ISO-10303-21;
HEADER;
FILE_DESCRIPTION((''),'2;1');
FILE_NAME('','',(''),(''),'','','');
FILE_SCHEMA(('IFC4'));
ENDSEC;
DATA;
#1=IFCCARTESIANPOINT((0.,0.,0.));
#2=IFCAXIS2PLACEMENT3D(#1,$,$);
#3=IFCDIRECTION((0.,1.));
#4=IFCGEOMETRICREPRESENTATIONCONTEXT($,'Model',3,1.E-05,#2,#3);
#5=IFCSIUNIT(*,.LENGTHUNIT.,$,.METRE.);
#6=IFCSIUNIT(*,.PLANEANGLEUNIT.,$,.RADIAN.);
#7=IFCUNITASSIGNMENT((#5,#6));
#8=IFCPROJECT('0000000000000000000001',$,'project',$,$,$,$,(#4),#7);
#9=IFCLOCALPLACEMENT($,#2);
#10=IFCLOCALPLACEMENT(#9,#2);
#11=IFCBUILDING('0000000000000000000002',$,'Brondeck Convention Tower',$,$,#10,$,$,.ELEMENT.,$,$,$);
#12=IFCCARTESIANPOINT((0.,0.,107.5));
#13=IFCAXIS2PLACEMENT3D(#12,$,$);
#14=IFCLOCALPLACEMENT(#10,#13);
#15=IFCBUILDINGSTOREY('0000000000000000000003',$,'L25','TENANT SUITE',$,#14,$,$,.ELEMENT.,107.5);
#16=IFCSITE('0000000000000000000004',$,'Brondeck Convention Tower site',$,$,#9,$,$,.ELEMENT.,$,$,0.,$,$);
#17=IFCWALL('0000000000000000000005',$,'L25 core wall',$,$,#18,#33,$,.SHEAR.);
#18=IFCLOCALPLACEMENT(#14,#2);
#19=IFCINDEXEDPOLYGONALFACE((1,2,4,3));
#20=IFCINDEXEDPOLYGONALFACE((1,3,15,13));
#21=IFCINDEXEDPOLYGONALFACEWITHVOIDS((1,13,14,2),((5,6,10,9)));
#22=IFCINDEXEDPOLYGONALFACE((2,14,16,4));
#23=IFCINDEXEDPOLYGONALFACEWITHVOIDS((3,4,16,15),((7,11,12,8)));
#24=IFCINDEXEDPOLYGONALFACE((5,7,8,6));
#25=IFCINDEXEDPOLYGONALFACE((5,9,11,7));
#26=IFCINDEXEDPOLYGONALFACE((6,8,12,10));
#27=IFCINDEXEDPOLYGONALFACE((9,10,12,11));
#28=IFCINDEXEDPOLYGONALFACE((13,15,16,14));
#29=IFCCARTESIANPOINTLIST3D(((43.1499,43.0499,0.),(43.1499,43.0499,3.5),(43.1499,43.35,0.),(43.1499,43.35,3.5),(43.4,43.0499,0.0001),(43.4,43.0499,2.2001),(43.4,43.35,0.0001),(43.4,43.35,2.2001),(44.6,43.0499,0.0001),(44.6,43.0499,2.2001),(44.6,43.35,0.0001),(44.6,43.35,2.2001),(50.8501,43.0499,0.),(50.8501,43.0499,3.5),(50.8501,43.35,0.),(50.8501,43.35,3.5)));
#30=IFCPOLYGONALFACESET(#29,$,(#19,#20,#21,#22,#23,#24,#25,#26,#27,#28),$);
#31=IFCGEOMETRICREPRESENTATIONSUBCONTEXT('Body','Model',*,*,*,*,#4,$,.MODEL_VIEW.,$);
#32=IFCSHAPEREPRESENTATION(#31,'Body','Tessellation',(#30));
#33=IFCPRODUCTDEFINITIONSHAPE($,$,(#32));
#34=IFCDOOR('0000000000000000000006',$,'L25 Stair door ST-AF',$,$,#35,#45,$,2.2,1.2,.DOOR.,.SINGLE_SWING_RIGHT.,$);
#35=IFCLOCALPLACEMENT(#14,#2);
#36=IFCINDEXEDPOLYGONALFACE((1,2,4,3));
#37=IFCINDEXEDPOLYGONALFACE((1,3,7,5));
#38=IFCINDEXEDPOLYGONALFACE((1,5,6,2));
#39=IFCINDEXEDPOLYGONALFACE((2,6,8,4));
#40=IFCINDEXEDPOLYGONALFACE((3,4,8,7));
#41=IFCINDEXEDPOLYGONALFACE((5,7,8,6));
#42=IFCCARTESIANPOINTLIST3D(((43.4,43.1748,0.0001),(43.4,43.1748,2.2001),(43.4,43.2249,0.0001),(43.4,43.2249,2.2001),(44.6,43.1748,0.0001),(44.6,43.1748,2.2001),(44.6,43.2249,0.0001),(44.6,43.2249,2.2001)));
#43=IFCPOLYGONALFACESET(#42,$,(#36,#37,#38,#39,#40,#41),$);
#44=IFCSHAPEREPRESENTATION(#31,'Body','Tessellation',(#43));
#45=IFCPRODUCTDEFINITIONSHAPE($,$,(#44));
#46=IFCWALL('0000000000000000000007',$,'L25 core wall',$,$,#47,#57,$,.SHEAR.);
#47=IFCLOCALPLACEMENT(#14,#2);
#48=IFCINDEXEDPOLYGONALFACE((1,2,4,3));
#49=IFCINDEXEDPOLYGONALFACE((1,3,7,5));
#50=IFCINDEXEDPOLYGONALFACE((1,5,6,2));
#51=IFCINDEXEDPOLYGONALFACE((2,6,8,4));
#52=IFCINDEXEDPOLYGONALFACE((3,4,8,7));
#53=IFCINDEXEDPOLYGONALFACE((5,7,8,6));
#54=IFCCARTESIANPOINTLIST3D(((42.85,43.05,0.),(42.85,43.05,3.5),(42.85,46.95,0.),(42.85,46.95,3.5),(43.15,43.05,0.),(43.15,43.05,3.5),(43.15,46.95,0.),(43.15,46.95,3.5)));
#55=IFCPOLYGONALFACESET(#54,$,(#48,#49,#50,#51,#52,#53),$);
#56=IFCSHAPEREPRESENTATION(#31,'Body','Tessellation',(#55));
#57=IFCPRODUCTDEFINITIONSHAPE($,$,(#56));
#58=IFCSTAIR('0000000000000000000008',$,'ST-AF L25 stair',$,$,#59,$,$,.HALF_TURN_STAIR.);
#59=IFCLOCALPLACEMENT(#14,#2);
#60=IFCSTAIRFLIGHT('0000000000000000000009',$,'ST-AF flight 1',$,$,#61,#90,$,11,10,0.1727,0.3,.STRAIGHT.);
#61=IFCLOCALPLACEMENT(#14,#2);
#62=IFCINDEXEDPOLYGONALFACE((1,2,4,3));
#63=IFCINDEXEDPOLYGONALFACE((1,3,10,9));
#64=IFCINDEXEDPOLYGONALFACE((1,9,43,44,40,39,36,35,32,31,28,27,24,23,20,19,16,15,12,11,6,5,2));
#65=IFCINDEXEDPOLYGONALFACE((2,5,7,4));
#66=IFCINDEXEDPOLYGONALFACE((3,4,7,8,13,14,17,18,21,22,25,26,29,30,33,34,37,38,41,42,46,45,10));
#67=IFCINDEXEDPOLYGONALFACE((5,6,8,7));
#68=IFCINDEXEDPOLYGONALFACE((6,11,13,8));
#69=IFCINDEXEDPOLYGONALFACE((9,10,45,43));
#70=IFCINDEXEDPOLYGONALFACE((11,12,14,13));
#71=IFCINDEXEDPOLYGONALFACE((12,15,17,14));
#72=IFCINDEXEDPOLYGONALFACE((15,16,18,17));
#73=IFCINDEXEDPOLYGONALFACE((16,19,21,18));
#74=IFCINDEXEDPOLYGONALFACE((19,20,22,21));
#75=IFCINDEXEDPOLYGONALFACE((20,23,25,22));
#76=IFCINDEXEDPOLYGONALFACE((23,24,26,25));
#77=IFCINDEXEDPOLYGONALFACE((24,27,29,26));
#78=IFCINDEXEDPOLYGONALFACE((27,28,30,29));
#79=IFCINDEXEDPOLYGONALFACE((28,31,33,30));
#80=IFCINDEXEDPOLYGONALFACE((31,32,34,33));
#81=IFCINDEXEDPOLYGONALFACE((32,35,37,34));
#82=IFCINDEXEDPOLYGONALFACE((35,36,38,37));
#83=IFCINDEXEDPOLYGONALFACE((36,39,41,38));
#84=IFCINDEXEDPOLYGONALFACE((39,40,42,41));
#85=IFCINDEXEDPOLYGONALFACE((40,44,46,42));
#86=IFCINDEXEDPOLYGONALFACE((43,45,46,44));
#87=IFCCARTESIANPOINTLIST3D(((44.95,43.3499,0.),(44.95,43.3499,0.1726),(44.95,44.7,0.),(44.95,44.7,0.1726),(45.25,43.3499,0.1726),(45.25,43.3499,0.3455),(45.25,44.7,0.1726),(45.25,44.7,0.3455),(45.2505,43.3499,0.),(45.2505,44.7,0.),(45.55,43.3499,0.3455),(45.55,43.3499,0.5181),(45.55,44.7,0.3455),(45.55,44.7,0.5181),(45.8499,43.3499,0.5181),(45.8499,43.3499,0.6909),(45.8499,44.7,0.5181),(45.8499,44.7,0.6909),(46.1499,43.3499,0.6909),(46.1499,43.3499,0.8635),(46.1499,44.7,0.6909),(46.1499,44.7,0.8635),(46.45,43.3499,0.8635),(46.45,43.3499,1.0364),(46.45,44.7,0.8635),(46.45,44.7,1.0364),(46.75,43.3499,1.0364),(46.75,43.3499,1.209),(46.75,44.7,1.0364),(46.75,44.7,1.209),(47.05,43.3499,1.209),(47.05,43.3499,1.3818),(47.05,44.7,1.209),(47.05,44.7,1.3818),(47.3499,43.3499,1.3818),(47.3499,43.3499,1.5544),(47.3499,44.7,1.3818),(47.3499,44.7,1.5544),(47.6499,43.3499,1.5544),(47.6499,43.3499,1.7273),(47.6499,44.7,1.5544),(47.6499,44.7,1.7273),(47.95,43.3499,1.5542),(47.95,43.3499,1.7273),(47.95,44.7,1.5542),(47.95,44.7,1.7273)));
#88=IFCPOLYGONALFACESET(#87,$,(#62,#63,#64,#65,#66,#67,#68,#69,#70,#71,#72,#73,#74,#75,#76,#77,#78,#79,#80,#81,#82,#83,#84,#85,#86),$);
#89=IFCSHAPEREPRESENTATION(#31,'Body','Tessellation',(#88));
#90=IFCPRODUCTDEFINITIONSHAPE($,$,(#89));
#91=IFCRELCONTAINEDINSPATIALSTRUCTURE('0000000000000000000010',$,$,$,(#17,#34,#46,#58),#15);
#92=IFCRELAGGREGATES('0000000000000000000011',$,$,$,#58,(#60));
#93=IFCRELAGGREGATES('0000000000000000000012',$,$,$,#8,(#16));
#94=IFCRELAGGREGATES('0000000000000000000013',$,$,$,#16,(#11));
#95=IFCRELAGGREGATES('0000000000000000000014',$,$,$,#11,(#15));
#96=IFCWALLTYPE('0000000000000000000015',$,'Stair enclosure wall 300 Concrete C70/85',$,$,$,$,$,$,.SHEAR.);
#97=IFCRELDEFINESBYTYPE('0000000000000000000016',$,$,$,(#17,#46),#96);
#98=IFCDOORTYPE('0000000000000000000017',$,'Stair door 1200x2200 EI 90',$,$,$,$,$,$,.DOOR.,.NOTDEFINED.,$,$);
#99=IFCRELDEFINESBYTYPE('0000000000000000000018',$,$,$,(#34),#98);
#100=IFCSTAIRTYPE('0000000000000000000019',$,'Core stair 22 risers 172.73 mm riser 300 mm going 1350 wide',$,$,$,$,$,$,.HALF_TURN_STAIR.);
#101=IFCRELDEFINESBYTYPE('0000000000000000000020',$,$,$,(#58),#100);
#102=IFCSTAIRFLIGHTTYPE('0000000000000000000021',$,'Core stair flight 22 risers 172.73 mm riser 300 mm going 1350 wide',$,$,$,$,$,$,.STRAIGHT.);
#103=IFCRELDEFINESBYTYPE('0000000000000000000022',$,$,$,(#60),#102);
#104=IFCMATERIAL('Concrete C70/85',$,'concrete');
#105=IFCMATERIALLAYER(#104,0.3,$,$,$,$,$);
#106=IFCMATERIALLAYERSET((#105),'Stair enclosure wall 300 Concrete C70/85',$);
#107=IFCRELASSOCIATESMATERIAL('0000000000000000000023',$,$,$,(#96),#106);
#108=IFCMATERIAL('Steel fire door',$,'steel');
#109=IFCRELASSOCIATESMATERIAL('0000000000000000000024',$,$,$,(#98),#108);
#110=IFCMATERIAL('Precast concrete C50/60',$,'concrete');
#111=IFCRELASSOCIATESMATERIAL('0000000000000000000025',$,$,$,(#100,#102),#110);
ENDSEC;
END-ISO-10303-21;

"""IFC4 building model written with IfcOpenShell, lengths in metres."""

from ifc_helpers import new_model, si_unit, direction, frame, frame_2d, origin, place, context, subcontext, project, spatial, polyline, rectangle, outline, extrude, material, layer, layer_set, type_object, element, fill, aggregate, save


model = new_model("IFC4")

# Units and contexts
model_context = context("Model", 3, precision=1e-05, world=origin(), true_north=direction((0.0, 1.0)))
body_context = subcontext(model_context, "Body", "Model", "MODEL_VIEW")
ifc_project = project(units=[si_unit("LENGTHUNIT", "METRE"), si_unit("PLANEANGLEUNIT", "RADIAN")], contexts=[model_context])

# Site, building, storey
site_placement = place(None, origin())
site = spatial("IfcSite", under=ifc_project, at=site_placement, Name="Brondeck Convention Tower site", CompositionType="ELEMENT", RefElevation=0.0)
building_placement = place(site_placement, origin())
building = spatial("IfcBuilding", under=site, at=building_placement, Name="Brondeck Convention Tower", CompositionType="ELEMENT")
storey_placement = place(building_placement, frame((0.0, 0.0, 107.5)))
storey = spatial("IfcBuildingStorey", under=building, at=storey_placement, Name="L25", Description="TENANT SUITE", CompositionType="ELEMENT", Elevation=107.5)

# Shared definitions
ifc_material_1 = material(Name="Concrete C70/85", Category="concrete")

# Wall, opening, door
ifc_layer_1 = layer(ifc_material_1, 0.3)
ifc_layer_set_1 = layer_set([ifc_layer_1], Name="Stair enclosure wall 300 Concrete C70/85")
wall_type_1 = type_object("IfcWallType", Name="Stair enclosure wall 300 Concrete C70/85", PredefinedType="SHEAR", material=ifc_layer_set_1)
wall_1_placement = place(storey_placement, frame((43.1499, 43.2, 0.0), z_axis=(0.0, 0.0, 1.0), x_axis=(1.0, 0.0, 0.0)))
wall_1 = element("IfcWall", 1, at=wall_1_placement, inside=storey, type_object=wall_type_1, Name="L25 core wall", PredefinedType="SHEAR", context=body_context, shape_type="SweptSolid", body=[
    extrude(rectangle(XDim=7.7002, YDim=0.3, at=frame_2d((3.8501, 0.0))), origin(), (0.0, 0.0, 1.0), 3.5),
])
opening_1_placement = place(wall_1_placement, frame((0.25, 0.0, 0.0)))
opening_1 = element("IfcOpeningElement", 2, at=opening_1_placement, cuts=wall_1, PredefinedType="OPENING", context=body_context, shape_type="SweptSolid", body=[
    extrude(rectangle(XDim=1.2, YDim=2.2, at=frame_2d((0.6001, 1.1001))), frame((0.0, 0.1599, 0.0), z_axis=(0.0, -1.0, 0.0), x_axis=(1.0, 0.0, 0.0)), (0.0, 0.0, 1.0), 0.3201),
])
ifc_material_2 = material(Name="Steel fire door", Category="steel")
door_type = type_object("IfcDoorType", Name="Stair door 1200x2200 EI 90", OperationType="NOTDEFINED", PredefinedType="DOOR", material=ifc_material_2)
door_placement = place(opening_1_placement, origin())
door = element("IfcDoor", 3, at=door_placement, inside=storey, type_object=door_type, Name="L25 Stair door ST-AF", OperationType="SINGLE_SWING_RIGHT", OverallHeight=2.2, OverallWidth=1.2, PredefinedType="DOOR", context=body_context, shape_type="SweptSolid", body=[
    extrude(rectangle(XDim=1.2, YDim=2.2, at=frame_2d((0.6001, 1.1001))), frame((0.0, 0.0249, 0.0), z_axis=(0.0, -1.0, 0.0), x_axis=(1.0, 0.0, 0.0)), (0.0, 0.0, 1.0), 0.05),
])
fill(opening_1, door)

# Wall
wall_2_placement = place(storey_placement, frame((43.0, 43.05, 0.0), z_axis=(0.0, 0.0, 1.0), x_axis=(0.0, 1.0, 0.0)))
element("IfcWall", 4, at=wall_2_placement, inside=storey, type_object=wall_type_1, Name="L25 core wall", PredefinedType="SHEAR", context=body_context, shape_type="SweptSolid", body=[
    extrude(rectangle(XDim=3.8999, YDim=0.3, at=frame_2d((1.95, 0.0))), origin(), (0.0, 0.0, 1.0), 3.5),
])

# Stair, stair flight
ifc_material_3 = material(Name="Precast concrete C50/60", Category="concrete")
stair_type = type_object("IfcStairType", Name="Core stair 22 risers 172.73 mm riser 300 mm going 1350 wide", PredefinedType="HALF_TURN_STAIR", material=ifc_material_3)
stair_placement = place(storey_placement, origin())
stair = element("IfcStair", 5, at=stair_placement, inside=storey, type_object=stair_type, Name="ST-AF L25 stair", PredefinedType="HALF_TURN_STAIR")
stair_flight_type = type_object("IfcStairFlightType", Name="Core stair flight 22 risers 172.73 mm riser 300 mm going 1350 wide", PredefinedType="STRAIGHT", material=ifc_material_3)
stair_flight_placement = place(storey_placement, frame((44.95, 44.0249, 0.0), z_axis=(0.0, 0.0, 1.0), x_axis=(1.0, 0.0, 0.0)))
stair_flight = element("IfcStairFlight", 6, at=stair_flight_placement, type_object=stair_flight_type, Name="ST-AF flight 1", NumberOfRisers=11, NumberOfTreads=10, PredefinedType="STRAIGHT", RiserHeight=0.1727, TreadLength=0.3, context=body_context, shape_type="SweptSolid", body=[
    extrude(outline(polyline([(0.0, 0.0), (0.0, 0.1726), (0.3, 0.1726), (0.3, 0.3455), (0.6001, 0.3455), (0.6001, 0.5181), (0.8999, 0.5181), (0.8999, 0.6909), (1.2, 0.6909), (1.2, 0.8635), (1.5, 0.8635), (1.5, 1.0364), (1.8, 1.0364), (1.8, 1.209), (2.1001, 1.209), (2.1001, 1.3818), (2.3999, 1.3818), (2.3999, 1.5544), (2.7, 1.5544), (2.7, 1.7273), (3.0, 1.7273), (3.0, 1.8999), (3.0, 1.5542), (0.3005, 0.0), (0.0, 0.0)])), frame((0.0, 0.675, 0.0), z_axis=(0.0, -1.0, 0.0), x_axis=(1.0, 0.0, 0.0)), (0.0, 0.0, 1.0), 1.3501),
])
aggregate(stair, [stair_flight])

save(model, "model.ifc")
